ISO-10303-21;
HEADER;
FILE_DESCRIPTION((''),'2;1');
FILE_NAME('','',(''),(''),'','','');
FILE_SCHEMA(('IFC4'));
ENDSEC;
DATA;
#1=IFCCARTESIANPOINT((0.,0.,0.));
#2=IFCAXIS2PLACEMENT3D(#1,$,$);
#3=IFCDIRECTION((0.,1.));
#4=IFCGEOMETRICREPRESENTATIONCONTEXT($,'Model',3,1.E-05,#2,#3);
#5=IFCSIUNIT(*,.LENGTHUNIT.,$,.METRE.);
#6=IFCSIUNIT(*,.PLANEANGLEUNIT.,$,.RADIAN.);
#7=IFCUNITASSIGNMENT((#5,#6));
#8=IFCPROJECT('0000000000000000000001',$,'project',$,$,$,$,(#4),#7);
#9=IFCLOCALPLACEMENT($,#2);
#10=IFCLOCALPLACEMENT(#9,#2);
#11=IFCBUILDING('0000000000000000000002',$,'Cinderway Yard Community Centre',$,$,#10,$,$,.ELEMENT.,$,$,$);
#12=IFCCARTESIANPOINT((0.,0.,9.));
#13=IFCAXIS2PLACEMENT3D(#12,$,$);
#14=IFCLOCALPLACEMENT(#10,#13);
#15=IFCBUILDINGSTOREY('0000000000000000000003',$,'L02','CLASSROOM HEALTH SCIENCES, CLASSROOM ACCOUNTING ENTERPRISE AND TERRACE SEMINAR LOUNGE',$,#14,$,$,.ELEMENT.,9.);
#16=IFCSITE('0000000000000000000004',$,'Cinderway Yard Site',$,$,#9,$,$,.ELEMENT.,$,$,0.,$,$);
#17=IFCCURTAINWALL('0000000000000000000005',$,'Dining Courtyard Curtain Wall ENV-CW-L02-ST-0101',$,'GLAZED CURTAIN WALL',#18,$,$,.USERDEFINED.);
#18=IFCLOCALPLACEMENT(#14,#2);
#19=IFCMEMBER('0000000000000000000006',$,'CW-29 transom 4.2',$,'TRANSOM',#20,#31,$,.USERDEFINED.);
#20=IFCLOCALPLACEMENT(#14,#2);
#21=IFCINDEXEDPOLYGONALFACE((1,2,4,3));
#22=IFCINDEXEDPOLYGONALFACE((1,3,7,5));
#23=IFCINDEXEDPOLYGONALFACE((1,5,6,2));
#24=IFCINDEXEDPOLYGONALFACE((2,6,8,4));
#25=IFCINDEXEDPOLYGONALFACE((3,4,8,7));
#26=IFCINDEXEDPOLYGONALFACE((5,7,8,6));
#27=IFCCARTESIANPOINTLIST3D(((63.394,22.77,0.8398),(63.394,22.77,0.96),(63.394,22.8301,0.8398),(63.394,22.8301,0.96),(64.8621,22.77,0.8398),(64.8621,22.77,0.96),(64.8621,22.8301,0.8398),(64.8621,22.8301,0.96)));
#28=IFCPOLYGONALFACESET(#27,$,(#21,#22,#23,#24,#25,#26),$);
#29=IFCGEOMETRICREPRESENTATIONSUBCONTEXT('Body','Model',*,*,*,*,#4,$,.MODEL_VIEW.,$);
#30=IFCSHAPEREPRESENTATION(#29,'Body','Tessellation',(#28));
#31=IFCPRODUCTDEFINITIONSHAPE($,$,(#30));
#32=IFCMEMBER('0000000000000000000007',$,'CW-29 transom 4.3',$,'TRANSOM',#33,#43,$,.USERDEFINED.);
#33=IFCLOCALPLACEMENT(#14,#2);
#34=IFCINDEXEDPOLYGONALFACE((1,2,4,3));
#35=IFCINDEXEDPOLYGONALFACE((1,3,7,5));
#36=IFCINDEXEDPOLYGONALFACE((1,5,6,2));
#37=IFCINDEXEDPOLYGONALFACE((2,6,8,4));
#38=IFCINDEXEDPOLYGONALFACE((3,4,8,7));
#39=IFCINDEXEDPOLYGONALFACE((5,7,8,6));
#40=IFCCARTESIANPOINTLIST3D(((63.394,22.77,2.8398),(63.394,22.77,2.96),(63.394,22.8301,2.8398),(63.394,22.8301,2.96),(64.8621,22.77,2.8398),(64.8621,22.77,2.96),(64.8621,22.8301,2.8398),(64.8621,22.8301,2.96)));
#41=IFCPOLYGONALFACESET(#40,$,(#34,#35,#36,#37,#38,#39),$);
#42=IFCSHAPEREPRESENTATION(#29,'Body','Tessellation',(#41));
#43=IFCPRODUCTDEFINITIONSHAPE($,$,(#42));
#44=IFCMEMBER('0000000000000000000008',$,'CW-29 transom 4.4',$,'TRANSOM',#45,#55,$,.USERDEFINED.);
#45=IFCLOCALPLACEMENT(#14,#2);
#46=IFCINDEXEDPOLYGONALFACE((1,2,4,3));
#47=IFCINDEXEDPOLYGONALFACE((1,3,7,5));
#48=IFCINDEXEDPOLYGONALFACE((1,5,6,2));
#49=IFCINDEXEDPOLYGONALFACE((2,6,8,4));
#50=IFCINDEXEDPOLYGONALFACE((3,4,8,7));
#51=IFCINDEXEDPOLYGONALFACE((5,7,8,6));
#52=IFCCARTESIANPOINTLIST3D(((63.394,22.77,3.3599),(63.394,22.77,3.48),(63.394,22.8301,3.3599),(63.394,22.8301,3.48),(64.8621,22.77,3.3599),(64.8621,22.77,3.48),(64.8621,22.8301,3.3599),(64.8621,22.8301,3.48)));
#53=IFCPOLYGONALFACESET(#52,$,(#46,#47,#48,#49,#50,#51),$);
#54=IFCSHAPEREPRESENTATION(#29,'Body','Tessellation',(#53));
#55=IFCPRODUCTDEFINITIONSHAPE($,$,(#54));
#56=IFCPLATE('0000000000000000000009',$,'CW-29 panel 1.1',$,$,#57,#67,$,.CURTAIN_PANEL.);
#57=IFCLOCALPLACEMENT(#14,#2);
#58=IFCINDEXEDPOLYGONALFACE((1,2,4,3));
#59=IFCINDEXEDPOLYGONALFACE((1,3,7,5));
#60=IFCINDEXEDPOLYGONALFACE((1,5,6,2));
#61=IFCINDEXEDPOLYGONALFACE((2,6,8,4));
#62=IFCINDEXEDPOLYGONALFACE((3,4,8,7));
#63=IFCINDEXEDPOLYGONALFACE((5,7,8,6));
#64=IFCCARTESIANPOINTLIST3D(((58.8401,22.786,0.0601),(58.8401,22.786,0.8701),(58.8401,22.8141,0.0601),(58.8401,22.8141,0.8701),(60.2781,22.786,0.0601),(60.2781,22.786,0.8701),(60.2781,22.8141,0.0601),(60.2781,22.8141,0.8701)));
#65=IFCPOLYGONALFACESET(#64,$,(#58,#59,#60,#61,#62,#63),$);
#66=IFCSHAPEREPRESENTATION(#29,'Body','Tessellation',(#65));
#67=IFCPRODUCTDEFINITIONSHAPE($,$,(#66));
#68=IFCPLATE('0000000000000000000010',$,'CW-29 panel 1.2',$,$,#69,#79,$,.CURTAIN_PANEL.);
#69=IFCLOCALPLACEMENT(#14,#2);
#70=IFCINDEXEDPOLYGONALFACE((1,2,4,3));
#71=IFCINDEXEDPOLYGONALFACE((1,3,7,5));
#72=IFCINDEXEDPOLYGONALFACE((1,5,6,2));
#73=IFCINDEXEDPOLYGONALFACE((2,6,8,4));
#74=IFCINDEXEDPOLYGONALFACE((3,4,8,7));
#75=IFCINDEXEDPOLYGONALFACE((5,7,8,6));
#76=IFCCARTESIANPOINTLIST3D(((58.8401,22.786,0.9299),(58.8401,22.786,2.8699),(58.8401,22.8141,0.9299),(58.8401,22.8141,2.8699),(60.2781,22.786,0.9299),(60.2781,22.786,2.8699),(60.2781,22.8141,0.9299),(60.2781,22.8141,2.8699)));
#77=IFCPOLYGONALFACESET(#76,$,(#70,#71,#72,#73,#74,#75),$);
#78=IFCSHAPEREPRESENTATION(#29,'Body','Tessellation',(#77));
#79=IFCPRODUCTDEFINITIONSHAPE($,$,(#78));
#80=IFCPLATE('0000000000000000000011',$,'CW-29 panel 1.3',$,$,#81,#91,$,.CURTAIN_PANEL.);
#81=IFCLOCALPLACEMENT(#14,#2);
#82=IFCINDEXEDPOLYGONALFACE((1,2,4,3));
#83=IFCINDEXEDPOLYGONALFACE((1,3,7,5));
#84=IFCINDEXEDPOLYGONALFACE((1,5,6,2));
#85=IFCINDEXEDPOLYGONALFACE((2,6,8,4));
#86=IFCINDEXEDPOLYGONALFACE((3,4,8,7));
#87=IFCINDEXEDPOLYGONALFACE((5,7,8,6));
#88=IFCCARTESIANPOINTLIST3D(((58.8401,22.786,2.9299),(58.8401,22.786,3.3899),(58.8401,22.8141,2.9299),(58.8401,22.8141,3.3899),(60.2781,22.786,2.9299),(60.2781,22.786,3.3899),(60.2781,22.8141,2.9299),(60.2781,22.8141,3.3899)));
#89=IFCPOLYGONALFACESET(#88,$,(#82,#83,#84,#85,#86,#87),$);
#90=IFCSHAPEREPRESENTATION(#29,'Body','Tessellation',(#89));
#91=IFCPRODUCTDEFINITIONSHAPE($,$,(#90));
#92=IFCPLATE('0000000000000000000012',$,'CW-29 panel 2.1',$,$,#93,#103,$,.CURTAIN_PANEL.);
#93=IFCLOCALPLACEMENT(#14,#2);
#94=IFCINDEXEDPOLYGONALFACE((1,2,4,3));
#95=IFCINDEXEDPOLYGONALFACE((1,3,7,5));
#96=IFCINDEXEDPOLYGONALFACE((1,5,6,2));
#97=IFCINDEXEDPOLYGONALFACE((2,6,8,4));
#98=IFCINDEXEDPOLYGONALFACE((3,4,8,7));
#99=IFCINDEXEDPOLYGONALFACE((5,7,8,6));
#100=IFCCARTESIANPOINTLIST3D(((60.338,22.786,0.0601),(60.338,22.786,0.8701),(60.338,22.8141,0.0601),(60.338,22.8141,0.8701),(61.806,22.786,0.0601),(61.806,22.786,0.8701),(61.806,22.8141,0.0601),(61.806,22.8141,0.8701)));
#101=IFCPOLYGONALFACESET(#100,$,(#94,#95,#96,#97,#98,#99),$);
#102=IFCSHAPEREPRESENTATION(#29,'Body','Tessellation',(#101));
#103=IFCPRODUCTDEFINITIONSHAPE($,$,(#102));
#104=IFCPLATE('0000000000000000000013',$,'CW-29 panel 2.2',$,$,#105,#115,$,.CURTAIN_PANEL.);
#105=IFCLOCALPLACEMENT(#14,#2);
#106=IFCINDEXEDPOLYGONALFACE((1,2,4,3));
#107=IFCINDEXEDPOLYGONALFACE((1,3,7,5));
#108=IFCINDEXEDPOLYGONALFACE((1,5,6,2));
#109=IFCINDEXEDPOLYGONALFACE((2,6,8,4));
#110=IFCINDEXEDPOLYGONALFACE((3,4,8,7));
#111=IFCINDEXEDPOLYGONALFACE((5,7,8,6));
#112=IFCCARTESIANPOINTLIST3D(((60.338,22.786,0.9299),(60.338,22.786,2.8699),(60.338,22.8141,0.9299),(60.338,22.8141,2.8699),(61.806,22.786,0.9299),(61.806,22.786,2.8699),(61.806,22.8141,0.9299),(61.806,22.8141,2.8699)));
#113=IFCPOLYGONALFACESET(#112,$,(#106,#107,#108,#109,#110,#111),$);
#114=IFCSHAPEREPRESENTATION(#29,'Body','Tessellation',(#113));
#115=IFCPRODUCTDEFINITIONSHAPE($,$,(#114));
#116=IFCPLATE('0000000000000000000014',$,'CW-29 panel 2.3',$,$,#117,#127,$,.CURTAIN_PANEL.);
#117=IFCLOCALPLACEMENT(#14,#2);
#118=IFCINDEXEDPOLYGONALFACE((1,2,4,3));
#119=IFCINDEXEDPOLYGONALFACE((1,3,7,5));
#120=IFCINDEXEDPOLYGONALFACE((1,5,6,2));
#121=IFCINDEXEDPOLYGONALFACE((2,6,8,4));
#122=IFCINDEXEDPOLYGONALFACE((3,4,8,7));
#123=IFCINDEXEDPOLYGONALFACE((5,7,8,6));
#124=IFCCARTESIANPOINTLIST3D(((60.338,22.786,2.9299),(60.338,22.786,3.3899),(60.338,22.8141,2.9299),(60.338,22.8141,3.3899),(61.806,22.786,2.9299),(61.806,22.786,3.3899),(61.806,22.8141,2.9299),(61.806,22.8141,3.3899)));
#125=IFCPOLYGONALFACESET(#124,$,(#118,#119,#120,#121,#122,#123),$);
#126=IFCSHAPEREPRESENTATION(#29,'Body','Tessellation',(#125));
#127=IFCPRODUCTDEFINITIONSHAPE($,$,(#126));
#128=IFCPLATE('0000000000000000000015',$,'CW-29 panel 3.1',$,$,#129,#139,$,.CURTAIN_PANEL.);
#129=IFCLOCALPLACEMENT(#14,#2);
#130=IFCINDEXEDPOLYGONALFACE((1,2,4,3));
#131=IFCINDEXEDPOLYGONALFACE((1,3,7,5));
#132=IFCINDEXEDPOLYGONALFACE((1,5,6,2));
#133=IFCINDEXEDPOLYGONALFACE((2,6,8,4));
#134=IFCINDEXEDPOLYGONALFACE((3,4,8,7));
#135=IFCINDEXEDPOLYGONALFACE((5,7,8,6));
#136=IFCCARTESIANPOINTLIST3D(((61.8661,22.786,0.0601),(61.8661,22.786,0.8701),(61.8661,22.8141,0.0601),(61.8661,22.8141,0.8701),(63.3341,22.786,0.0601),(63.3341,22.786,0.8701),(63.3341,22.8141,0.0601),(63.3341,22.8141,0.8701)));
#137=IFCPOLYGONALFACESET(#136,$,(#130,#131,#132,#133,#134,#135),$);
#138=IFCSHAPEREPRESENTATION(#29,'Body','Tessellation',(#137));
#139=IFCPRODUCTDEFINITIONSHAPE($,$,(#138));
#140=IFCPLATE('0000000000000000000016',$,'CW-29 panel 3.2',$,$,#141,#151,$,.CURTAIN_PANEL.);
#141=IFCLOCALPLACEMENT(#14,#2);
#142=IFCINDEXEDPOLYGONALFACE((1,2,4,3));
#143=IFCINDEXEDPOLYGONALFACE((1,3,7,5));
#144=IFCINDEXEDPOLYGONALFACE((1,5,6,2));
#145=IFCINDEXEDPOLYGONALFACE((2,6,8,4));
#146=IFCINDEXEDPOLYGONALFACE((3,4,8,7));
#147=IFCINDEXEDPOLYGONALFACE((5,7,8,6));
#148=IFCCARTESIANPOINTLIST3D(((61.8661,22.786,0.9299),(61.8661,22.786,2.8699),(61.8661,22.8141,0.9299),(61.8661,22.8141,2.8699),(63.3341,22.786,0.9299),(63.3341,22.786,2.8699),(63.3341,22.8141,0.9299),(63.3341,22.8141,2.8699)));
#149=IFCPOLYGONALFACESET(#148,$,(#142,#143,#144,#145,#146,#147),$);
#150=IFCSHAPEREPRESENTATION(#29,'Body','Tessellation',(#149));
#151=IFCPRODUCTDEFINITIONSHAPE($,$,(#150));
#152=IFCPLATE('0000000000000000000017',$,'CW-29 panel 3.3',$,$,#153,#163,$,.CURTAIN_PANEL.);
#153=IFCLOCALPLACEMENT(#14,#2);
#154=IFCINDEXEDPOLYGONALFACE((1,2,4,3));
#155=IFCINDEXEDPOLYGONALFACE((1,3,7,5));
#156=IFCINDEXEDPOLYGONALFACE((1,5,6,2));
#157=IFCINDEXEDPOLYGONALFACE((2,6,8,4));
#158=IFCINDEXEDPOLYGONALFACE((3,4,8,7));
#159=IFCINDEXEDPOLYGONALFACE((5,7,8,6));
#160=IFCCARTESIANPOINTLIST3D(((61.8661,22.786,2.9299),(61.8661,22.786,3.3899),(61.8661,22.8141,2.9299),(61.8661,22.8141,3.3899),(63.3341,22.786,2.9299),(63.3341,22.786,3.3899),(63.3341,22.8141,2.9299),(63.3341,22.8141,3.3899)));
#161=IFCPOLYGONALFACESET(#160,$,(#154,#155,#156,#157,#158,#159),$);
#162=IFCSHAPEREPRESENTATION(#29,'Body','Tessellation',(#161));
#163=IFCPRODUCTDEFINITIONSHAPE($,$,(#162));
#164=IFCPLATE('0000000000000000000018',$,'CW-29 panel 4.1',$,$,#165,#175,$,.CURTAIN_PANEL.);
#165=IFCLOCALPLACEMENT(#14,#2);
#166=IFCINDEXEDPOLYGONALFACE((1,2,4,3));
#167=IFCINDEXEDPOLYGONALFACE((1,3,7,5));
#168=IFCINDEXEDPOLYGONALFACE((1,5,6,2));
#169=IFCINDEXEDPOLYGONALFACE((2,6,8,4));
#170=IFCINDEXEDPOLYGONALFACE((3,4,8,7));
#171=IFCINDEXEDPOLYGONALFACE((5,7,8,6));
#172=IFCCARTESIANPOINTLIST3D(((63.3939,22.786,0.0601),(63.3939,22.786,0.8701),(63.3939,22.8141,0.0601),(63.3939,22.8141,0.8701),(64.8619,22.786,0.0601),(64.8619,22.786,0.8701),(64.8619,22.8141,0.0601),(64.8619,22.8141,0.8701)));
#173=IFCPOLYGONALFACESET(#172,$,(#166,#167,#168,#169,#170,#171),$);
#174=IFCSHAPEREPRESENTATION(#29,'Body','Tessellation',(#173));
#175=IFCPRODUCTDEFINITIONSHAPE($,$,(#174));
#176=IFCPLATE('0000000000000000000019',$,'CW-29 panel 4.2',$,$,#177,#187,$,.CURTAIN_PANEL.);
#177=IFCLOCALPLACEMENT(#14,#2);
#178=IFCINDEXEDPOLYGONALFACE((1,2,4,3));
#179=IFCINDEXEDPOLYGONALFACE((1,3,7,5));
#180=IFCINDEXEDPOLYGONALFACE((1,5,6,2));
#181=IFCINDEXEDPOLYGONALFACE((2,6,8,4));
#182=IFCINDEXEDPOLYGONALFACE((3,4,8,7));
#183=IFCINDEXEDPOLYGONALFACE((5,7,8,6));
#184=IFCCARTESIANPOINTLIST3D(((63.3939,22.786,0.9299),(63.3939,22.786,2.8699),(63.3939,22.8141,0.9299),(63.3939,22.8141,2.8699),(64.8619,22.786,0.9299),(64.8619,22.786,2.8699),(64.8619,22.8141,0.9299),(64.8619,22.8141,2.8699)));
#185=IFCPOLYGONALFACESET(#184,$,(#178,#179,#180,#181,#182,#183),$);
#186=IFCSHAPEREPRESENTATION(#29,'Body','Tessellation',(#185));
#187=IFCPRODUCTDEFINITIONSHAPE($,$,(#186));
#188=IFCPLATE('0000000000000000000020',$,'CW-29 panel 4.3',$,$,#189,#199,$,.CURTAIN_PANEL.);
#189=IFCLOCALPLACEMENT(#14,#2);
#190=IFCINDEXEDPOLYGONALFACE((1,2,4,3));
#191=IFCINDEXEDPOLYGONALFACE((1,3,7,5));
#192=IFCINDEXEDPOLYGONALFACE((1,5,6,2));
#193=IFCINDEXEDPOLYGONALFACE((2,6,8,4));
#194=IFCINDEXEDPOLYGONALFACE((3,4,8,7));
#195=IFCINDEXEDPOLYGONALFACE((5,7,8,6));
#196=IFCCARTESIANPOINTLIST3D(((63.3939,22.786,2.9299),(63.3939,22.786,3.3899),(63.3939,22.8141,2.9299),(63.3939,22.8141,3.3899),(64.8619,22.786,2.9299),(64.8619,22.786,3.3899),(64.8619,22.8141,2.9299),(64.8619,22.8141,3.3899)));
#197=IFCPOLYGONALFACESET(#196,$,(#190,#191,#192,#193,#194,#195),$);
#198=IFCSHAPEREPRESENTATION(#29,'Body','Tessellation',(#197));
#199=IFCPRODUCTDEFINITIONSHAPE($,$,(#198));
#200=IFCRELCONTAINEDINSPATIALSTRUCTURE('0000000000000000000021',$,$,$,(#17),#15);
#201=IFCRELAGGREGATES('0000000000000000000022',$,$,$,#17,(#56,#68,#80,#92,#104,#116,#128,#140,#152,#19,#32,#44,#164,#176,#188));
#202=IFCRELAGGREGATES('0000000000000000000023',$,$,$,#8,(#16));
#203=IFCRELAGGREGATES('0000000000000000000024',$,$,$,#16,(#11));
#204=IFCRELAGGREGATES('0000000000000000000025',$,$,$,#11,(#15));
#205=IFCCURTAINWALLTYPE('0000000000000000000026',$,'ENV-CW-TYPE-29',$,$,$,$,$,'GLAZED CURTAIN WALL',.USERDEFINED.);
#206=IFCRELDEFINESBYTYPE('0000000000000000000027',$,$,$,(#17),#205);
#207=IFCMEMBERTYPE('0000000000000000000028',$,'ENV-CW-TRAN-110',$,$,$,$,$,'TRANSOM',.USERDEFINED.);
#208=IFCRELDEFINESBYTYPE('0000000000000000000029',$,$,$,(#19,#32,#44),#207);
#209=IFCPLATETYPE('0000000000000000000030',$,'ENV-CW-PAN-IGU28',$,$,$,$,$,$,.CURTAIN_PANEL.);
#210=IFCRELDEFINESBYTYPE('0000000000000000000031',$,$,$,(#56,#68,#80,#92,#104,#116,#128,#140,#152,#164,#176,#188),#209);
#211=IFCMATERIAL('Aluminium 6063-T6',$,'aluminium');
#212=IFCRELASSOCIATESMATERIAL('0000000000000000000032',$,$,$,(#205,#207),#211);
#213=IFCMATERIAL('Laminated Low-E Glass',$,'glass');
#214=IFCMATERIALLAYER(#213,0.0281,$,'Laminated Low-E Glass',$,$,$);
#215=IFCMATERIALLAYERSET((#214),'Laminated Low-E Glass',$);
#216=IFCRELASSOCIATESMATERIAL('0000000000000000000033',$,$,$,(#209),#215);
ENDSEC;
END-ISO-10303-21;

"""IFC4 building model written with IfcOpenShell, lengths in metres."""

from ifc_helpers import new_model, si_unit, direction, frame, origin, origin_2d, place, context, subcontext, project, spatial, rectangle, extrude, material, layer, layer_set, material_profile, profile_set, type_object, element, aggregate, save


model = new_model("IFC4")

# Units and contexts
model_context = context("Model", 3, precision=1e-05, world=origin(), true_north=direction((0.0, 1.0)))
body_context = subcontext(model_context, "Body", "Model", "MODEL_VIEW")
ifc_project = project(units=[si_unit("LENGTHUNIT", "METRE"), si_unit("PLANEANGLEUNIT", "RADIAN")], contexts=[model_context])

# Site, building, storey
site_placement = place(None, origin())
site = spatial("IfcSite", under=ifc_project, at=site_placement, Name="Cinderway Yard Site", CompositionType="ELEMENT", RefElevation=0.0)
building_placement = place(site_placement, origin())
building = spatial("IfcBuilding", under=site, at=building_placement, Name="Cinderway Yard Community Centre", CompositionType="ELEMENT")
storey_placement = place(building_placement, frame((0.0, 0.0, 9.0)))
storey = spatial("IfcBuildingStorey", under=building, at=storey_placement, Name="L02", Description="CLASSROOM HEALTH SCIENCES, CLASSROOM ACCOUNTING ENTERPRISE AND TERRACE SEMINAR LOUNGE", CompositionType="ELEMENT", Elevation=9.0)

# Curtain wall, members, plates
ifc_material_1 = material(Name="Aluminium 6063-T6", Category="aluminium")
curtain_wall_type = type_object("IfcCurtainWallType", Name="ENV-CW-TYPE-29", ElementType="GLAZED CURTAIN WALL", PredefinedType="USERDEFINED", material=ifc_material_1)
curtain_wall_placement = place(storey_placement, origin())
curtain_wall = element("IfcCurtainWall", 1, at=curtain_wall_placement, inside=storey, type_object=curtain_wall_type, Name="Dining Courtyard Curtain Wall ENV-CW-L02-ST-0101", ObjectType="GLAZED CURTAIN WALL", PredefinedType="USERDEFINED")
ifc_material_profile_1 = material_profile(ifc_material_1, rectangle(XDim=0.0601, YDim=0.1201, at=origin_2d()), Name="Aluminium 6063-T6")
ifc_profile_set_1 = profile_set([ifc_material_profile_1], Name="Aluminium 6063-T6")
member_type_1 = type_object("IfcMemberType", Name="ENV-CW-TRAN-110", ElementType="TRANSOM", PredefinedType="USERDEFINED", material=ifc_profile_set_1)
member_1_placement = place(storey_placement, frame((63.394, 22.8, 0.8999), z_axis=(1.0, 0.0, 0.0), x_axis=(0.0, 1.0, 0.0)))
member_1 = element("IfcMember", 2, at=member_1_placement, type_object=member_type_1, Name="CW-29 transom 4.2", ObjectType="TRANSOM", PredefinedType="USERDEFINED", context=body_context, shape_type="SweptSolid", body=[
    extrude(rectangle(XDim=0.0601, YDim=0.1201, at=origin_2d()), origin(), (0.0, 0.0, 1.0), 1.468),
])
member_2_placement = place(storey_placement, frame((63.394, 22.8, 2.8999), z_axis=(1.0, 0.0, 0.0), x_axis=(0.0, 1.0, 0.0)))
member_2 = element("IfcMember", 3, at=member_2_placement, type_object=member_type_1, Name="CW-29 transom 4.3", ObjectType="TRANSOM", PredefinedType="USERDEFINED", context=body_context, shape_type="SweptSolid", body=[
    extrude(rectangle(XDim=0.0601, YDim=0.1201, at=origin_2d()), origin(), (0.0, 0.0, 1.0), 1.468),
])
member_3_placement = place(storey_placement, frame((63.394, 22.8, 3.4199), z_axis=(1.0, 0.0, 0.0), x_axis=(0.0, 1.0, 0.0)))
member_3 = element("IfcMember", 4, at=member_3_placement, type_object=member_type_1, Name="CW-29 transom 4.4", ObjectType="TRANSOM", PredefinedType="USERDEFINED", context=body_context, shape_type="SweptSolid", body=[
    extrude(rectangle(XDim=0.0601, YDim=0.1201, at=origin_2d()), origin(), (0.0, 0.0, 1.0), 1.468),
])
ifc_material_2 = material(Name="Laminated Low-E Glass", Category="glass")
ifc_layer = layer(ifc_material_2, 0.0281, Name="Laminated Low-E Glass")
ifc_layer_set = layer_set([ifc_layer], Name="Laminated Low-E Glass")
plate_type = type_object("IfcPlateType", Name="ENV-CW-PAN-IGU28", PredefinedType="CURTAIN_PANEL", material=ifc_layer_set)
plate_1_placement = place(storey_placement, frame((59.5591, 22.8, 0.0601), z_axis=(0.0, 0.0, 1.0), x_axis=(1.0, 0.0, 0.0)))
plate_1 = element("IfcPlate", 5, at=plate_1_placement, type_object=plate_type, Name="CW-29 panel 1.1", PredefinedType="CURTAIN_PANEL", context=body_context, shape_type="SweptSolid", body=[
    extrude(rectangle(XDim=1.438, YDim=0.0281, at=origin_2d()), origin(), (0.0, 0.0, 1.0), 0.8101),
])
plate_2_placement = place(storey_placement, frame((59.5591, 22.8, 0.9299), z_axis=(0.0, 0.0, 1.0), x_axis=(1.0, 0.0, 0.0)))
plate_2 = element("IfcPlate", 6, at=plate_2_placement, type_object=plate_type, Name="CW-29 panel 1.2", PredefinedType="CURTAIN_PANEL", context=body_context, shape_type="SweptSolid", body=[
    extrude(rectangle(XDim=1.438, YDim=0.0281, at=origin_2d()), origin(), (0.0, 0.0, 1.0), 1.9399),
])
plate_3_placement = place(storey_placement, frame((59.5591, 22.8, 2.9299), z_axis=(0.0, 0.0, 1.0), x_axis=(1.0, 0.0, 0.0)))
plate_3 = element("IfcPlate", 7, at=plate_3_placement, type_object=plate_type, Name="CW-29 panel 1.3", PredefinedType="CURTAIN_PANEL", context=body_context, shape_type="SweptSolid", body=[
    extrude(rectangle(XDim=1.438, YDim=0.0281, at=origin_2d()), origin(), (0.0, 0.0, 1.0), 0.46),
])
plate_4_placement = place(storey_placement, frame((61.072, 22.8, 0.0601), z_axis=(0.0, 0.0, 1.0), x_axis=(1.0, 0.0, 0.0)))
plate_4 = element("IfcPlate", 8, at=plate_4_placement, type_object=plate_type, Name="CW-29 panel 2.1", PredefinedType="CURTAIN_PANEL", context=body_context, shape_type="SweptSolid", body=[
    extrude(rectangle(XDim=1.468, YDim=0.0281, at=origin_2d()), origin(), (0.0, 0.0, 1.0), 0.8101),
])
plate_5_placement = place(storey_placement, frame((61.072, 22.8, 0.9299), z_axis=(0.0, 0.0, 1.0), x_axis=(1.0, 0.0, 0.0)))
plate_5 = element("IfcPlate", 9, at=plate_5_placement, type_object=plate_type, Name="CW-29 panel 2.2", PredefinedType="CURTAIN_PANEL", context=body_context, shape_type="SweptSolid", body=[
    extrude(rectangle(XDim=1.468, YDim=0.0281, at=origin_2d()), origin(), (0.0, 0.0, 1.0), 1.9399),
])
plate_6_placement = place(storey_placement, frame((61.072, 22.8, 2.9299), z_axis=(0.0, 0.0, 1.0), x_axis=(1.0, 0.0, 0.0)))
plate_6 = element("IfcPlate", 10, at=plate_6_placement, type_object=plate_type, Name="CW-29 panel 2.3", PredefinedType="CURTAIN_PANEL", context=body_context, shape_type="SweptSolid", body=[
    extrude(rectangle(XDim=1.468, YDim=0.0281, at=origin_2d()), origin(), (0.0, 0.0, 1.0), 0.46),
])
plate_7_placement = place(storey_placement, frame((62.6001, 22.8, 0.0601), z_axis=(0.0, 0.0, 1.0), x_axis=(1.0, 0.0, 0.0)))
plate_7 = element("IfcPlate", 11, at=plate_7_placement, type_object=plate_type, Name="CW-29 panel 3.1", PredefinedType="CURTAIN_PANEL", context=body_context, shape_type="SweptSolid", body=[
    extrude(rectangle(XDim=1.468, YDim=0.0281, at=origin_2d()), origin(), (0.0, 0.0, 1.0), 0.8101),
])
plate_8_placement = place(storey_placement, frame((62.6001, 22.8, 0.9299), z_axis=(0.0, 0.0, 1.0), x_axis=(1.0, 0.0, 0.0)))
plate_8 = element("IfcPlate", 12, at=plate_8_placement, type_object=plate_type, Name="CW-29 panel 3.2", PredefinedType="CURTAIN_PANEL", context=body_context, shape_type="SweptSolid", body=[
    extrude(rectangle(XDim=1.468, YDim=0.0281, at=origin_2d()), origin(), (0.0, 0.0, 1.0), 1.9399),
])
plate_9_placement = place(storey_placement, frame((62.6001, 22.8, 2.9299), z_axis=(0.0, 0.0, 1.0), x_axis=(1.0, 0.0, 0.0)))
plate_9 = element("IfcPlate", 13, at=plate_9_placement, type_object=plate_type, Name="CW-29 panel 3.3", PredefinedType="CURTAIN_PANEL", context=body_context, shape_type="SweptSolid", body=[
    extrude(rectangle(XDim=1.468, YDim=0.0281, at=origin_2d()), origin(), (0.0, 0.0, 1.0), 0.46),
])
plate_10_placement = place(storey_placement, frame((64.1279, 22.8, 0.0601), z_axis=(0.0, 0.0, 1.0), x_axis=(1.0, 0.0, 0.0)))
plate_10 = element("IfcPlate", 14, at=plate_10_placement, type_object=plate_type, Name="CW-29 panel 4.1", PredefinedType="CURTAIN_PANEL", context=body_context, shape_type="SweptSolid", body=[
    extrude(rectangle(XDim=1.468, YDim=0.0281, at=origin_2d()), origin(), (0.0, 0.0, 1.0), 0.8101),
])
plate_11_placement = place(storey_placement, frame((64.1279, 22.8, 0.9299), z_axis=(0.0, 0.0, 1.0), x_axis=(1.0, 0.0, 0.0)))
plate_11 = element("IfcPlate", 15, at=plate_11_placement, type_object=plate_type, Name="CW-29 panel 4.2", PredefinedType="CURTAIN_PANEL", context=body_context, shape_type="SweptSolid", body=[
    extrude(rectangle(XDim=1.468, YDim=0.0281, at=origin_2d()), origin(), (0.0, 0.0, 1.0), 1.9399),
])
plate_12_placement = place(storey_placement, frame((64.1279, 22.8, 2.9299), z_axis=(0.0, 0.0, 1.0), x_axis=(1.0, 0.0, 0.0)))
plate_12 = element("IfcPlate", 16, at=plate_12_placement, type_object=plate_type, Name="CW-29 panel 4.3", PredefinedType="CURTAIN_PANEL", context=body_context, shape_type="SweptSolid", body=[
    extrude(rectangle(XDim=1.468, YDim=0.0281, at=origin_2d()), origin(), (0.0, 0.0, 1.0), 0.46),
])
aggregate(curtain_wall, [plate_1, plate_2, plate_3, plate_4, plate_5, plate_6, plate_7, plate_8, plate_9, member_1, member_2, member_3, plate_10, plate_11, plate_12])

save(model, "model.ifc")
